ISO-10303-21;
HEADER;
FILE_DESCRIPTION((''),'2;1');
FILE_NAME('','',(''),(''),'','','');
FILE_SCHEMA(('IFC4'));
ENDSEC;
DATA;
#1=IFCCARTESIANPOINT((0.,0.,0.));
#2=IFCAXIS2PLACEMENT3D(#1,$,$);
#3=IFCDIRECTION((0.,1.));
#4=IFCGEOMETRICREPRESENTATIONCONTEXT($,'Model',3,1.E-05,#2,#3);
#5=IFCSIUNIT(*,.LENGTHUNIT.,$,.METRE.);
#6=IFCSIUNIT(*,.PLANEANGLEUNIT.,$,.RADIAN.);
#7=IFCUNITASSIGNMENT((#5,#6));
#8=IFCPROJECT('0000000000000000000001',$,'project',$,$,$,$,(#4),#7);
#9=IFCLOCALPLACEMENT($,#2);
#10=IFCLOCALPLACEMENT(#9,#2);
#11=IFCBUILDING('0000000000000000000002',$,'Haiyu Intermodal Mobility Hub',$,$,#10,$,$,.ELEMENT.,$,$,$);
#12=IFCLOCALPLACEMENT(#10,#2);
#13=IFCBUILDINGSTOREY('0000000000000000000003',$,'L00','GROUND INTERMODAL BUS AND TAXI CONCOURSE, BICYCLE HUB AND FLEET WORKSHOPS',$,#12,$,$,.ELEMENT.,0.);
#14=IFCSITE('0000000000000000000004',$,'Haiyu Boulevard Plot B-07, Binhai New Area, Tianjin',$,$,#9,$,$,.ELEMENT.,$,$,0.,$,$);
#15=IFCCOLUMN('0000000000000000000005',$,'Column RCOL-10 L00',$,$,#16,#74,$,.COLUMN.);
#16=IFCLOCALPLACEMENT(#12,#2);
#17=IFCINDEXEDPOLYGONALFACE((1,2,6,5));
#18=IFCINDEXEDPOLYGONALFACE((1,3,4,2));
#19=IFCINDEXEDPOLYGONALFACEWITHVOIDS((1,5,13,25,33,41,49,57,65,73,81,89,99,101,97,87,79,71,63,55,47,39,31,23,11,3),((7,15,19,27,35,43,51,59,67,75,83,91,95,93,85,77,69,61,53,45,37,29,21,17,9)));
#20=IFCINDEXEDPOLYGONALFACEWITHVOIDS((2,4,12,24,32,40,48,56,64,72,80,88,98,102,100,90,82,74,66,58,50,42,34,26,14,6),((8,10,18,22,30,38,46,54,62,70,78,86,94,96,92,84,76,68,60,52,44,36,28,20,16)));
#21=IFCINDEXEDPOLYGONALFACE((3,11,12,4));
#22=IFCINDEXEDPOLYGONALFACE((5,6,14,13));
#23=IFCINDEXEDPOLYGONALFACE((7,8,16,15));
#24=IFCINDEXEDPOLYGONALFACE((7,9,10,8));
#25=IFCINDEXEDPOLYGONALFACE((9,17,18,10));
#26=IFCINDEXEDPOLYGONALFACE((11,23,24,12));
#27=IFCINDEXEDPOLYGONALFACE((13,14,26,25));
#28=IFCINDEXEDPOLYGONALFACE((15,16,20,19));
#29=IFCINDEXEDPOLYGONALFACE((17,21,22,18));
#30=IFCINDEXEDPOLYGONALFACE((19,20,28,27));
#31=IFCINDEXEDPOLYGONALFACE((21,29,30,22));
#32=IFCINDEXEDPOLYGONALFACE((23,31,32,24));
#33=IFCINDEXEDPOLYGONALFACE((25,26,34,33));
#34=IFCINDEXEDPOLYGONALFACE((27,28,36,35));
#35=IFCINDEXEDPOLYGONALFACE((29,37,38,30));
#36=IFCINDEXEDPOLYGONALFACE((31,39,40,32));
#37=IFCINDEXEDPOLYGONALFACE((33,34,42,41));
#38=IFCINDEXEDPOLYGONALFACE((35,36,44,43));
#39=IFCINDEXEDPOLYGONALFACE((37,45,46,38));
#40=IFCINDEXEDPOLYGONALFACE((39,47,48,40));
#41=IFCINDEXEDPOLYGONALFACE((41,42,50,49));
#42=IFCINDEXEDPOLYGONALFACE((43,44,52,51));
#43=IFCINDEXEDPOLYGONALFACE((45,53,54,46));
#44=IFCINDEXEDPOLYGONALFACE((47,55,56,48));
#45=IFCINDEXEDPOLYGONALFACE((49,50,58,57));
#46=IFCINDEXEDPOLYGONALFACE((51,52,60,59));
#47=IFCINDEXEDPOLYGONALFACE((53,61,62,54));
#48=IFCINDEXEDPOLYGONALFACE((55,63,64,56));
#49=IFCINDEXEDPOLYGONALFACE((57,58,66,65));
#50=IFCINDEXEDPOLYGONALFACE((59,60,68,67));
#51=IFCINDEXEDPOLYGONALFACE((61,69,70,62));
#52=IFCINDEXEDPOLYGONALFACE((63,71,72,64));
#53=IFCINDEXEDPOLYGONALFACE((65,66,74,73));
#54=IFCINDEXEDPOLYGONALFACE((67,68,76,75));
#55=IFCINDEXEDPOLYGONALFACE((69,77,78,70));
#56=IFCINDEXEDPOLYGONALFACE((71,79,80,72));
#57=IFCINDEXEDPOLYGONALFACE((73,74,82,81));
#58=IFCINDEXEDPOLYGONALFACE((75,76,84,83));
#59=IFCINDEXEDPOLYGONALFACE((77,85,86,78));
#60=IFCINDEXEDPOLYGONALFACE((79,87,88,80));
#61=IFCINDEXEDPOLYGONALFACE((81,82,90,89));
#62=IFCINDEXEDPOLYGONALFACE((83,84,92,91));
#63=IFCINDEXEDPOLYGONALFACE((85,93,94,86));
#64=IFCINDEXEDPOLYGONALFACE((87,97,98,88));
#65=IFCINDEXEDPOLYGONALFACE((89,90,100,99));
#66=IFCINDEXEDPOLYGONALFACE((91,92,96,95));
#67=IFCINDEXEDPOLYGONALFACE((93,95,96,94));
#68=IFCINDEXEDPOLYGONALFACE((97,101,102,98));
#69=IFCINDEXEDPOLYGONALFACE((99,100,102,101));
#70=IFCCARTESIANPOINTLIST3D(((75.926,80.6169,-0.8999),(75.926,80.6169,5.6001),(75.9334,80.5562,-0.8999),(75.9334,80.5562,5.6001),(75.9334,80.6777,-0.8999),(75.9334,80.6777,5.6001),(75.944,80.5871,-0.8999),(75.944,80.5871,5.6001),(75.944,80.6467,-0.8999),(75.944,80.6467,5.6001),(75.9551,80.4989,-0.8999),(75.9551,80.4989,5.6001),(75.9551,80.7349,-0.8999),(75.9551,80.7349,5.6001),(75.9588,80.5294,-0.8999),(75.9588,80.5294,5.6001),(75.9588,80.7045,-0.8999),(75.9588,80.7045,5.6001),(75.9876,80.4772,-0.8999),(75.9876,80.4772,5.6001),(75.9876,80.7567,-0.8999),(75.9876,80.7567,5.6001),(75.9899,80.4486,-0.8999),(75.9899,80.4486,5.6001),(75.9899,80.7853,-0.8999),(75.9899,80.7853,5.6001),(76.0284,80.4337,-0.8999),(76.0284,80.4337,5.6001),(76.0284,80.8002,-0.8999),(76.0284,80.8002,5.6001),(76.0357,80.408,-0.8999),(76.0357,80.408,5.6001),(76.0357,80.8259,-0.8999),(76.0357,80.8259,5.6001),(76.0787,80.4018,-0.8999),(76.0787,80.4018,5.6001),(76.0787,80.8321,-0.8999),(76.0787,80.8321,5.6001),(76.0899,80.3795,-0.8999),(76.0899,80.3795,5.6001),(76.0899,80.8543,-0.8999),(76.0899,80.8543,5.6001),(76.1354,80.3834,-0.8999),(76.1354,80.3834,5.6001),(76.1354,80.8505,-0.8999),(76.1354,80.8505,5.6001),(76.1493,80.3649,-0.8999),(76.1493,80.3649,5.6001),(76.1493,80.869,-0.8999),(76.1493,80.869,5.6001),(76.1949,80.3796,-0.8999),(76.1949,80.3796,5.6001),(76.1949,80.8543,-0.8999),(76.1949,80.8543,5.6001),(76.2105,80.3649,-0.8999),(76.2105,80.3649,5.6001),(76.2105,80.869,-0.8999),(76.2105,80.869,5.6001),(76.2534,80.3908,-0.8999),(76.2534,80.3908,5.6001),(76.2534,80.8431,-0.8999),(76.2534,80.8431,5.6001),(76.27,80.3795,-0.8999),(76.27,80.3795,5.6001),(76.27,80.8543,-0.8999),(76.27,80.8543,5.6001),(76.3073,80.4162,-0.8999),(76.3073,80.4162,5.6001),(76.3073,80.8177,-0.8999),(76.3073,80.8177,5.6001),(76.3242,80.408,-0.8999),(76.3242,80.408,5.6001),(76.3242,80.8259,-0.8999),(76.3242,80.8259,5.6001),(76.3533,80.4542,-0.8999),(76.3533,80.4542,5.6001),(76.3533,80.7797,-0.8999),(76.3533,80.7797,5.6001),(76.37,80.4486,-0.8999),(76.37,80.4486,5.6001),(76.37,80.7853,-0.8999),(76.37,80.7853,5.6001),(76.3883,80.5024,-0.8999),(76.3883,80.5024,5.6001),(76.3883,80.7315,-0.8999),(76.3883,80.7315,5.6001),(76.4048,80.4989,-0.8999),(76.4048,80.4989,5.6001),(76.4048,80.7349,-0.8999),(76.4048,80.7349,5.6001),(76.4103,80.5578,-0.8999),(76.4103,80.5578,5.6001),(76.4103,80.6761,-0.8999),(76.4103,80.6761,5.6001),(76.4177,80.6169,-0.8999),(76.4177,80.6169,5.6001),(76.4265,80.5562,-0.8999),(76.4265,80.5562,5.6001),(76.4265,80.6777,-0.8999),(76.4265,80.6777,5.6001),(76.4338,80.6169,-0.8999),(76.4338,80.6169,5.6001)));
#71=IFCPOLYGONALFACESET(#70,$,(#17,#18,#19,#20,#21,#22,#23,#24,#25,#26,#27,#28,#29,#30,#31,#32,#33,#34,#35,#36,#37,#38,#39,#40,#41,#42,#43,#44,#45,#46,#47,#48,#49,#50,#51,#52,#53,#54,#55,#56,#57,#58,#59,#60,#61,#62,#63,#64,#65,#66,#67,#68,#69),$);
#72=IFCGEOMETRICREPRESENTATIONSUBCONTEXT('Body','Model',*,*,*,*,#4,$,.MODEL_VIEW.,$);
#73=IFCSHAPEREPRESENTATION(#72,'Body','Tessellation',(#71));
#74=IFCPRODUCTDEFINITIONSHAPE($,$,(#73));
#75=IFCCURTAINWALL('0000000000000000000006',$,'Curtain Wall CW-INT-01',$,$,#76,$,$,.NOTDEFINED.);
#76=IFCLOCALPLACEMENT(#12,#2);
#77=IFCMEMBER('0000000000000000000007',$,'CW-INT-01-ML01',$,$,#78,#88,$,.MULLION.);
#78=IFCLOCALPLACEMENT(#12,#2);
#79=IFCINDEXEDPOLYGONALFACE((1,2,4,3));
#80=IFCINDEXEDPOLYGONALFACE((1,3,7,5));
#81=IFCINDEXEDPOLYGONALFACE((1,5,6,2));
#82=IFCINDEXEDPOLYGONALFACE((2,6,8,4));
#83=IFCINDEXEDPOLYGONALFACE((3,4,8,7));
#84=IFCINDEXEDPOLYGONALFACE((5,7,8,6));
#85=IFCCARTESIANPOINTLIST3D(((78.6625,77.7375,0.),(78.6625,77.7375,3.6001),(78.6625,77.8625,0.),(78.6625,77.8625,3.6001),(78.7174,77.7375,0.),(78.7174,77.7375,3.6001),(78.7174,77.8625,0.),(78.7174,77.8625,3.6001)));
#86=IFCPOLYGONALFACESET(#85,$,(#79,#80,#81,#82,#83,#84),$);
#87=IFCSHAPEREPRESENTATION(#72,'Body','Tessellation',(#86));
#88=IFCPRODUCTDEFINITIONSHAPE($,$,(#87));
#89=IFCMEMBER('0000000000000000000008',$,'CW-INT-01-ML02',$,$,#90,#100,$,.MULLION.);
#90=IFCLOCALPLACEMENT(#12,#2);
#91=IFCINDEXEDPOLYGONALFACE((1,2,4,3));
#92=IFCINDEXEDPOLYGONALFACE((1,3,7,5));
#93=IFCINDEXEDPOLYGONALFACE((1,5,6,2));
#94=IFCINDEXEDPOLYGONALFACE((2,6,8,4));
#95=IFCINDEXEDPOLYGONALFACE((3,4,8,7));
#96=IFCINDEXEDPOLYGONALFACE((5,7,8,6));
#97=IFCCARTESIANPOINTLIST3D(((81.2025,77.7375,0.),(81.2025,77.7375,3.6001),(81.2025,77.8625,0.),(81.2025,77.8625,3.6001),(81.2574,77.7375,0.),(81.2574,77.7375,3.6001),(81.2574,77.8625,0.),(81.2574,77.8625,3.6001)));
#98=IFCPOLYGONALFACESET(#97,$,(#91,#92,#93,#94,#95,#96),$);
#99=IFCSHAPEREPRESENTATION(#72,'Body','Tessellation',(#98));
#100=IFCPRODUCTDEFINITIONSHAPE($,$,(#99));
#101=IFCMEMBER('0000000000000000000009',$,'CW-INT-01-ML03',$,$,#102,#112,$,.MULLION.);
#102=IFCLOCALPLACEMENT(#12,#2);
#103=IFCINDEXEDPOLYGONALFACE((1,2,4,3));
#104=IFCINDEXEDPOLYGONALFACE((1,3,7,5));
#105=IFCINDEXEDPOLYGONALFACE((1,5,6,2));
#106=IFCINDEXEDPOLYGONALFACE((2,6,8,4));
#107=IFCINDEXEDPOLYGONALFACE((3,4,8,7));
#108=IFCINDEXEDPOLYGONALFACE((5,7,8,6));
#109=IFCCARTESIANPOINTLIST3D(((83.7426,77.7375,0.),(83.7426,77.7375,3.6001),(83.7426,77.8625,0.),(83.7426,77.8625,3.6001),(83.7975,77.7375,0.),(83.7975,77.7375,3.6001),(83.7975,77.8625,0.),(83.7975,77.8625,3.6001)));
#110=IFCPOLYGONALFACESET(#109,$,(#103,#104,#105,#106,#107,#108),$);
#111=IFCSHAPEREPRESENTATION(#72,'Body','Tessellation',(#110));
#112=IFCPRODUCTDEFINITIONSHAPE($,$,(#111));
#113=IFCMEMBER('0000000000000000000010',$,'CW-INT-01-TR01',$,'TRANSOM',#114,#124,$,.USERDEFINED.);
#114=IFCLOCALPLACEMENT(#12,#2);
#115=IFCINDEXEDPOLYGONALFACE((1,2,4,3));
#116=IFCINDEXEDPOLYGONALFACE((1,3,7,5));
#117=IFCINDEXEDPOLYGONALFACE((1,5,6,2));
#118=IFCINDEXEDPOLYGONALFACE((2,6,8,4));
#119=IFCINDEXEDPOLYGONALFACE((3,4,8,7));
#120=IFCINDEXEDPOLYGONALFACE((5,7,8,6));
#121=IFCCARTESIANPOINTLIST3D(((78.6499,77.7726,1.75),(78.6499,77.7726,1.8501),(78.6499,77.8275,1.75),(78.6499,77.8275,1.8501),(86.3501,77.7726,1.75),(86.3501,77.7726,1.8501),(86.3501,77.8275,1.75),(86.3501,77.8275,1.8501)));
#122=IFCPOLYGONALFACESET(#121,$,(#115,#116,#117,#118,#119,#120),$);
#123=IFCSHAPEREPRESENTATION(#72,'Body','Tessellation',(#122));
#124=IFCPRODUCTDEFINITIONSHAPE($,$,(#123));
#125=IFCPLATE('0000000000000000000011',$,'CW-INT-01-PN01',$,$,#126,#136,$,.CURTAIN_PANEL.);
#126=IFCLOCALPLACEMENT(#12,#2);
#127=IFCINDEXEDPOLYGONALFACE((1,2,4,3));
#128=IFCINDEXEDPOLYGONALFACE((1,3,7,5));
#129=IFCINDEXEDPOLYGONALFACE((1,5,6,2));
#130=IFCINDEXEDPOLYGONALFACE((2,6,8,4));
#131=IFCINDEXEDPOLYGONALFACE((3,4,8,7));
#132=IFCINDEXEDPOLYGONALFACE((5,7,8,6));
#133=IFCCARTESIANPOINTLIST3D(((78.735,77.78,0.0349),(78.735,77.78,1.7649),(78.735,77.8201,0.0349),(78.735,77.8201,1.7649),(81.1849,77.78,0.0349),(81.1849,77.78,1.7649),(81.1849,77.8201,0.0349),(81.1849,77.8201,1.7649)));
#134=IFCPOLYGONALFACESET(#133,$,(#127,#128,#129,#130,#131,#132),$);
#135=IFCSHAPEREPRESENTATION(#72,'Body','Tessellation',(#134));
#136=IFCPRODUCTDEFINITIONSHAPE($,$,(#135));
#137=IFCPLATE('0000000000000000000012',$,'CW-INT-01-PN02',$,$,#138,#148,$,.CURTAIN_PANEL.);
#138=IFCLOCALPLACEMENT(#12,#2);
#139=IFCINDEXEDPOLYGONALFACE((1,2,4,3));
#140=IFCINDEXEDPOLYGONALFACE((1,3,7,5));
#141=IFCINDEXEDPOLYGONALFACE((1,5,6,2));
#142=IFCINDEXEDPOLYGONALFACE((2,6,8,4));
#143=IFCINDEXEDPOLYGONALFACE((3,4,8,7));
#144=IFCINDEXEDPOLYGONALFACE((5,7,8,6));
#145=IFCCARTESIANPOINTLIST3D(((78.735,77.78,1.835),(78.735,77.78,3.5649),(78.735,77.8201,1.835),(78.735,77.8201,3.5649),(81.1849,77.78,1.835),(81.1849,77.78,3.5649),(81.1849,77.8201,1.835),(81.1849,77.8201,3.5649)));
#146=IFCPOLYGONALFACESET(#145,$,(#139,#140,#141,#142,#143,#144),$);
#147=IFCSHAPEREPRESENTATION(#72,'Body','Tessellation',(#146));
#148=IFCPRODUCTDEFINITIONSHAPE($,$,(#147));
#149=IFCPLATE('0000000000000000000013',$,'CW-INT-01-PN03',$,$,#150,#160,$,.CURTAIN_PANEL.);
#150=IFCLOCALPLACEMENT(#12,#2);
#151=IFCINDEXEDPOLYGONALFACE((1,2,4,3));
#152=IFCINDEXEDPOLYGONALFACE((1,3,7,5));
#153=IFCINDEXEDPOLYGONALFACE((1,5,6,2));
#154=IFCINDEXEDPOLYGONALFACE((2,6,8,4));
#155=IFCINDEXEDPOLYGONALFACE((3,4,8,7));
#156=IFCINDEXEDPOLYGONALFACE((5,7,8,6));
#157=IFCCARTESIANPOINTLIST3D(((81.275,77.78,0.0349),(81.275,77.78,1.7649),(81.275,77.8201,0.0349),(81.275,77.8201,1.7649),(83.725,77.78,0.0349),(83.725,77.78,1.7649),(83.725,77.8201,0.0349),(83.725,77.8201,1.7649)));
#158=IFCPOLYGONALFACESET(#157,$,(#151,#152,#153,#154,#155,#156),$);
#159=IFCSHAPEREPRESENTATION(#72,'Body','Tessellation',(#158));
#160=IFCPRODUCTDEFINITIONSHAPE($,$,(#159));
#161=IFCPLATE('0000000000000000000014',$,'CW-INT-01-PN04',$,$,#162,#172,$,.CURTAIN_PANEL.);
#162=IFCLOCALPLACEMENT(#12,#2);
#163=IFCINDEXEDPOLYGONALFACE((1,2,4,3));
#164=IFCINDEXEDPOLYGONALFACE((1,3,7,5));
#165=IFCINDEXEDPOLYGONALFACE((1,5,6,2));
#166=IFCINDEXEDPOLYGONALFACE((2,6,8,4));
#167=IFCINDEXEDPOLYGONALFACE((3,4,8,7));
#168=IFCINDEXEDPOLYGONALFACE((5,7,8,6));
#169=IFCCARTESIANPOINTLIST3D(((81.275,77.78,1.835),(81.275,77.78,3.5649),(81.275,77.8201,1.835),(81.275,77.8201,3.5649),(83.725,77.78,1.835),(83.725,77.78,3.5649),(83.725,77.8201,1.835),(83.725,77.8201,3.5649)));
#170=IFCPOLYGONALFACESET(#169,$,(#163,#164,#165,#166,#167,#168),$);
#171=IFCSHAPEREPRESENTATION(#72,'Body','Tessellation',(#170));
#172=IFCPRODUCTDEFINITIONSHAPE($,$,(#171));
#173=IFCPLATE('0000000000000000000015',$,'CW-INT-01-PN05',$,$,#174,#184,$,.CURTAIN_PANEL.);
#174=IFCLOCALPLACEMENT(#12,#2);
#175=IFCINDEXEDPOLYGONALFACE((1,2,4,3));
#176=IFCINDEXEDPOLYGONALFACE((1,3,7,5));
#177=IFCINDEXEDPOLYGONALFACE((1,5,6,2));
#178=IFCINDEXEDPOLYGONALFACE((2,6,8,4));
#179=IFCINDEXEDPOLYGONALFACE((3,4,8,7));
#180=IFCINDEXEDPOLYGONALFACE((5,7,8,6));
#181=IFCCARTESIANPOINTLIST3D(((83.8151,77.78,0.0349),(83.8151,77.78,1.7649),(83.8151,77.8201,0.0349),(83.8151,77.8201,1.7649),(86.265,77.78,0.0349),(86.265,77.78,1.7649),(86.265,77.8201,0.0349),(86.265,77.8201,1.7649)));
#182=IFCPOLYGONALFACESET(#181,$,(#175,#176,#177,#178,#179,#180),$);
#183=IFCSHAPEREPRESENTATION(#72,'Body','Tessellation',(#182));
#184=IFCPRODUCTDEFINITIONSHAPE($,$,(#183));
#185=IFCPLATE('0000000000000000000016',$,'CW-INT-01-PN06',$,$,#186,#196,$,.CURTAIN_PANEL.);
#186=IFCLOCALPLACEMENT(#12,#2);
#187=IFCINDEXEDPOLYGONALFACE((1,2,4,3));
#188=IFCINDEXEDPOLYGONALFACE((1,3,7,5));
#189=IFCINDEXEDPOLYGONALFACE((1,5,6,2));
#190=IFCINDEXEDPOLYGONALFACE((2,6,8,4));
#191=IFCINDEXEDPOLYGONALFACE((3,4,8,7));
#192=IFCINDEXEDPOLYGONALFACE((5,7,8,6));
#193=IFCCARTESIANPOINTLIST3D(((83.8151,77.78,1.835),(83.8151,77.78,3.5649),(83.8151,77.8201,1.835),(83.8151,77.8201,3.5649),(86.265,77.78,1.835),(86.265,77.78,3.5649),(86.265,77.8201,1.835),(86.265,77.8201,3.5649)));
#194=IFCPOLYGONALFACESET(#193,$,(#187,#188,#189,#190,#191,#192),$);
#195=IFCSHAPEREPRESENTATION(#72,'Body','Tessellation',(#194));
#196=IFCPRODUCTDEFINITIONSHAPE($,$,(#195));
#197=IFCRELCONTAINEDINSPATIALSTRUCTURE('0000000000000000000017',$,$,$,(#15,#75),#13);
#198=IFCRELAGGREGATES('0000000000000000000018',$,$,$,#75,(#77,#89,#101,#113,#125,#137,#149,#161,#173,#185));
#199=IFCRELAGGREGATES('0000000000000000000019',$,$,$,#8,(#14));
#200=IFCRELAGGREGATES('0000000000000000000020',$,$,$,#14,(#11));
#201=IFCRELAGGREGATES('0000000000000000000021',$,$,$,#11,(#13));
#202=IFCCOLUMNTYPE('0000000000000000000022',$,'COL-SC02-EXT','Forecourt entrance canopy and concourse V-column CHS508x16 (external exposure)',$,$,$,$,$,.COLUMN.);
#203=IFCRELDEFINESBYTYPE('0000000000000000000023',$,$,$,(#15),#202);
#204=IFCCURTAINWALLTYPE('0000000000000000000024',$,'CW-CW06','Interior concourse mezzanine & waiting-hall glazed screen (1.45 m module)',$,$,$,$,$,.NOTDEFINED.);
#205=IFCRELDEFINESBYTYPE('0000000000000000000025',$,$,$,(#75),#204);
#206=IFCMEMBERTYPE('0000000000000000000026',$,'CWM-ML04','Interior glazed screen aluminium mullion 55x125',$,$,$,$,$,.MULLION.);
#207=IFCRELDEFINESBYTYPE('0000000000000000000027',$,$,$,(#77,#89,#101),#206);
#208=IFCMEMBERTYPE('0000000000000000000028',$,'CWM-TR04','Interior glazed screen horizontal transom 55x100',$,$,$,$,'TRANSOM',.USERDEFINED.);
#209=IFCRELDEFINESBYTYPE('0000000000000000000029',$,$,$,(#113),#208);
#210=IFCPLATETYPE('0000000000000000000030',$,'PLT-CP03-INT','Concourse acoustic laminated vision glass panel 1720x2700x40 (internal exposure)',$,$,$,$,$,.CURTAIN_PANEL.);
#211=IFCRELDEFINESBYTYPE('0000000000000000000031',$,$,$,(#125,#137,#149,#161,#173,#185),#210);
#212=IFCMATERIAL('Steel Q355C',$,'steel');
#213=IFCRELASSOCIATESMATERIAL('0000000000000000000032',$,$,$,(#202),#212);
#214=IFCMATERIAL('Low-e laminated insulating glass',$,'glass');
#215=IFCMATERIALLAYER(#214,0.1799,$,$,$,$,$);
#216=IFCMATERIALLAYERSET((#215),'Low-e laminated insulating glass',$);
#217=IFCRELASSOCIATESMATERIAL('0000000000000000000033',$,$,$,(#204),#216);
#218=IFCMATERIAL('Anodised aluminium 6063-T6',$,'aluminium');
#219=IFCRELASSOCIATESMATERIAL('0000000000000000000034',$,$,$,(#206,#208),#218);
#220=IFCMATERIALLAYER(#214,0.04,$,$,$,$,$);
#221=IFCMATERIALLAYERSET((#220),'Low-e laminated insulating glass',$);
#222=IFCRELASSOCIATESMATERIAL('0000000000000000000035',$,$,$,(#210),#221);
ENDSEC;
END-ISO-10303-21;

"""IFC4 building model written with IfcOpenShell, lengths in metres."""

from ifc_helpers import new_model, si_unit, direction, frame, origin, origin_2d, place, context, subcontext, project, spatial, rectangle, hollow_circle, extrude, material, layer, layer_set, material_profile, profile_set, type_object, element, aggregate, save


model = new_model("IFC4")

# Units and contexts
model_context = context("Model", 3, precision=1e-05, world=origin(), true_north=direction((0.0, 1.0)))
body_context = subcontext(model_context, "Body", "Model", "MODEL_VIEW")
ifc_project = project(units=[si_unit("LENGTHUNIT", "METRE"), si_unit("PLANEANGLEUNIT", "RADIAN")], contexts=[model_context])

# Site, building, storey
site_placement = place(None, origin())
site = spatial("IfcSite", under=ifc_project, at=site_placement, Name="Haiyu Boulevard Plot B-07, Binhai New Area, Tianjin", CompositionType="ELEMENT", RefElevation=0.0)
building_placement = place(site_placement, origin())
building = spatial("IfcBuilding", under=site, at=building_placement, Name="Haiyu Intermodal Mobility Hub", CompositionType="ELEMENT")
storey_placement = place(building_placement, origin())
storey = spatial("IfcBuildingStorey", under=building, at=storey_placement, Name="L00", Description="GROUND INTERMODAL BUS AND TAXI CONCOURSE, BICYCLE HUB AND FLEET WORKSHOPS", CompositionType="ELEMENT", Elevation=0.0)

# Column
ifc_material_1 = material(Name="Steel Q355C", Category="steel")
ifc_material_profile_1 = material_profile(ifc_material_1, hollow_circle(Radius=0.2539, WallThickness=0.0161, at=origin_2d()), Name="CHS508x16")
ifc_profile_set_1 = profile_set([ifc_material_profile_1], Name="Steel Q355C")
column_type_1 = type_object("IfcColumnType", Name="COL-SC02-EXT", Description="Forecourt entrance canopy and concourse V-column CHS508x16 (external exposure)", PredefinedType="COLUMN", material=ifc_profile_set_1)
column_1_placement = place(storey_placement, frame((76.1799, 80.6169, -0.8999), z_axis=(0.0, 0.0, 1.0), x_axis=(1.0, 0.0, 0.0)))
element("IfcColumn", 1, at=column_1_placement, inside=storey, type_object=column_type_1, Name="Column RCOL-10 L00", PredefinedType="COLUMN", context=body_context, shape_type="SweptSolid", body=[
    extrude(hollow_circle(Radius=0.2539, WallThickness=0.0161, at=origin_2d()), origin(), (0.0, 0.0, 1.0), 6.5),
])

# Curtain wall, members, plates
ifc_material_2 = material(Name="Low-e laminated insulating glass", Category="glass")
ifc_layer_1 = layer(ifc_material_2, 0.1799)
ifc_layer_set_1 = layer_set([ifc_layer_1], Name="Low-e laminated insulating glass")
curtain_wall_type = type_object("IfcCurtainWallType", Name="CW-CW06", Description="Interior concourse mezzanine & waiting-hall glazed screen (1.45 m module)", PredefinedType="NOTDEFINED", material=ifc_layer_set_1)
curtain_wall_placement = place(storey_placement, origin())
curtain_wall = element("IfcCurtainWall", 2, at=curtain_wall_placement, inside=storey, type_object=curtain_wall_type, Name="Curtain Wall CW-INT-01", PredefinedType="NOTDEFINED")
ifc_material_3 = material(Name="Anodised aluminium 6063-T6", Category="aluminium")
ifc_material_profile_2 = material_profile(ifc_material_3, rectangle(XDim=0.0549, YDim=0.125, at=origin_2d()), Name="ALU55x125")
ifc_profile_set_2 = profile_set([ifc_material_profile_2], Name="Anodised aluminium 6063-T6")
member_type_1 = type_object("IfcMemberType", Name="CWM-ML04", Description="Interior glazed screen aluminium mullion 55x125", PredefinedType="MULLION", material=ifc_profile_set_2)
member_1_placement = place(storey_placement, frame((78.6899, 77.8, 0.0), z_axis=(0.0, 0.0, 1.0), x_axis=(1.0, 0.0, 0.0)))
member_1 = element("IfcMember", 3, at=member_1_placement, type_object=member_type_1, Name="CW-INT-01-ML01", PredefinedType="MULLION", context=body_context, shape_type="SweptSolid", body=[
    extrude(rectangle(XDim=0.0549, YDim=0.125, at=origin_2d()), origin(), (0.0, 0.0, 1.0), 3.6001),
])
member_2_placement = place(storey_placement, frame((81.23, 77.8, 0.0), z_axis=(0.0, 0.0, 1.0), x_axis=(1.0, 0.0, 0.0)))
member_2 = element("IfcMember", 4, at=member_2_placement, type_object=member_type_1, Name="CW-INT-01-ML02", PredefinedType="MULLION", context=body_context, shape_type="SweptSolid", body=[
    extrude(rectangle(XDim=0.0549, YDim=0.125, at=origin_2d()), origin(), (0.0, 0.0, 1.0), 3.6001),
])
member_3_placement = place(storey_placement, frame((83.77, 77.8, 0.0), z_axis=(0.0, 0.0, 1.0), x_axis=(1.0, 0.0, 0.0)))
member_3 = element("IfcMember", 5, at=member_3_placement, type_object=member_type_1, Name="CW-INT-01-ML03", PredefinedType="MULLION", context=body_context, shape_type="SweptSolid", body=[
    extrude(rectangle(XDim=0.0549, YDim=0.125, at=origin_2d()), origin(), (0.0, 0.0, 1.0), 3.6001),
])
ifc_material_profile_3 = material_profile(ifc_material_3, rectangle(XDim=0.0549, YDim=0.1001, at=origin_2d()), Name="ALU55x100")
ifc_profile_set_3 = profile_set([ifc_material_profile_3], Name="Anodised aluminium 6063-T6")
member_type_2 = type_object("IfcMemberType", Name="CWM-TR04", Description="Interior glazed screen horizontal transom 55x100", ElementType="TRANSOM", PredefinedType="USERDEFINED", material=ifc_profile_set_3)
member_4_placement = place(storey_placement, frame((78.6499, 77.8, 1.8), z_axis=(1.0, 0.0, 0.0), x_axis=(0.0, 1.0, 0.0)))
member_4 = element("IfcMember", 6, at=member_4_placement, type_object=member_type_2, Name="CW-INT-01-TR01", ObjectType="TRANSOM", PredefinedType="USERDEFINED", context=body_context, shape_type="SweptSolid", body=[
    extrude(rectangle(XDim=0.0549, YDim=0.1001, at=origin_2d()), origin(), (0.0, 0.0, 1.0), 7.7002),
])
ifc_layer_2 = layer(ifc_material_2, 0.04)
ifc_layer_set_2 = layer_set([ifc_layer_2], Name="Low-e laminated insulating glass")
plate_type = type_object("IfcPlateType", Name="PLT-CP03-INT", Description="Concourse acoustic laminated vision glass panel 1720x2700x40 (internal exposure)", PredefinedType="CURTAIN_PANEL", material=ifc_layer_set_2)
plate_1_placement = place(storey_placement, frame((79.96, 77.8, 0.0349), z_axis=(0.0, 0.0, 1.0), x_axis=(1.0, 0.0, 0.0)))
plate_1 = element("IfcPlate", 7, at=plate_1_placement, type_object=plate_type, Name="CW-INT-01-PN01", PredefinedType="CURTAIN_PANEL", context=body_context, shape_type="SweptSolid", body=[
    extrude(rectangle(XDim=2.45, YDim=0.04, at=origin_2d()), origin(), (0.0, 0.0, 1.0), 1.73),
])
plate_2_placement = place(storey_placement, frame((79.96, 77.8, 1.835), z_axis=(0.0, 0.0, 1.0), x_axis=(1.0, 0.0, 0.0)))
plate_2 = element("IfcPlate", 8, at=plate_2_placement, type_object=plate_type, Name="CW-INT-01-PN02", PredefinedType="CURTAIN_PANEL", context=body_context, shape_type="SweptSolid", body=[
    extrude(rectangle(XDim=2.45, YDim=0.04, at=origin_2d()), origin(), (0.0, 0.0, 1.0), 1.73),
])
plate_3_placement = place(storey_placement, frame((82.5, 77.8, 0.0349), z_axis=(0.0, 0.0, 1.0), x_axis=(1.0, 0.0, 0.0)))
plate_3 = element("IfcPlate", 9, at=plate_3_placement, type_object=plate_type, Name="CW-INT-01-PN03", PredefinedType="CURTAIN_PANEL", context=body_context, shape_type="SweptSolid", body=[
    extrude(rectangle(XDim=2.45, YDim=0.04, at=origin_2d()), origin(), (0.0, 0.0, 1.0), 1.73),
])
plate_4_placement = place(storey_placement, frame((82.5, 77.8, 1.835), z_axis=(0.0, 0.0, 1.0), x_axis=(1.0, 0.0, 0.0)))
plate_4 = element("IfcPlate", 10, at=plate_4_placement, type_object=plate_type, Name="CW-INT-01-PN04", PredefinedType="CURTAIN_PANEL", context=body_context, shape_type="SweptSolid", body=[
    extrude(rectangle(XDim=2.45, YDim=0.04, at=origin_2d()), origin(), (0.0, 0.0, 1.0), 1.73),
])
plate_5_placement = place(storey_placement, frame((85.04, 77.8, 0.0349), z_axis=(0.0, 0.0, 1.0), x_axis=(1.0, 0.0, 0.0)))
plate_5 = element("IfcPlate", 11, at=plate_5_placement, type_object=plate_type, Name="CW-INT-01-PN05", PredefinedType="CURTAIN_PANEL", context=body_context, shape_type="SweptSolid", body=[
    extrude(rectangle(XDim=2.45, YDim=0.04, at=origin_2d()), origin(), (0.0, 0.0, 1.0), 1.73),
])
plate_6_placement = place(storey_placement, frame((85.04, 77.8, 1.835), z_axis=(0.0, 0.0, 1.0), x_axis=(1.0, 0.0, 0.0)))
plate_6 = element("IfcPlate", 12, at=plate_6_placement, type_object=plate_type, Name="CW-INT-01-PN06", PredefinedType="CURTAIN_PANEL", context=body_context, shape_type="SweptSolid", body=[
    extrude(rectangle(XDim=2.45, YDim=0.04, at=origin_2d()), origin(), (0.0, 0.0, 1.0), 1.73),
])
aggregate(curtain_wall, [member_1, member_2, member_3, member_4, plate_1, plate_2, plate_3, plate_4, plate_5, plate_6])

save(model, "model.ifc")
